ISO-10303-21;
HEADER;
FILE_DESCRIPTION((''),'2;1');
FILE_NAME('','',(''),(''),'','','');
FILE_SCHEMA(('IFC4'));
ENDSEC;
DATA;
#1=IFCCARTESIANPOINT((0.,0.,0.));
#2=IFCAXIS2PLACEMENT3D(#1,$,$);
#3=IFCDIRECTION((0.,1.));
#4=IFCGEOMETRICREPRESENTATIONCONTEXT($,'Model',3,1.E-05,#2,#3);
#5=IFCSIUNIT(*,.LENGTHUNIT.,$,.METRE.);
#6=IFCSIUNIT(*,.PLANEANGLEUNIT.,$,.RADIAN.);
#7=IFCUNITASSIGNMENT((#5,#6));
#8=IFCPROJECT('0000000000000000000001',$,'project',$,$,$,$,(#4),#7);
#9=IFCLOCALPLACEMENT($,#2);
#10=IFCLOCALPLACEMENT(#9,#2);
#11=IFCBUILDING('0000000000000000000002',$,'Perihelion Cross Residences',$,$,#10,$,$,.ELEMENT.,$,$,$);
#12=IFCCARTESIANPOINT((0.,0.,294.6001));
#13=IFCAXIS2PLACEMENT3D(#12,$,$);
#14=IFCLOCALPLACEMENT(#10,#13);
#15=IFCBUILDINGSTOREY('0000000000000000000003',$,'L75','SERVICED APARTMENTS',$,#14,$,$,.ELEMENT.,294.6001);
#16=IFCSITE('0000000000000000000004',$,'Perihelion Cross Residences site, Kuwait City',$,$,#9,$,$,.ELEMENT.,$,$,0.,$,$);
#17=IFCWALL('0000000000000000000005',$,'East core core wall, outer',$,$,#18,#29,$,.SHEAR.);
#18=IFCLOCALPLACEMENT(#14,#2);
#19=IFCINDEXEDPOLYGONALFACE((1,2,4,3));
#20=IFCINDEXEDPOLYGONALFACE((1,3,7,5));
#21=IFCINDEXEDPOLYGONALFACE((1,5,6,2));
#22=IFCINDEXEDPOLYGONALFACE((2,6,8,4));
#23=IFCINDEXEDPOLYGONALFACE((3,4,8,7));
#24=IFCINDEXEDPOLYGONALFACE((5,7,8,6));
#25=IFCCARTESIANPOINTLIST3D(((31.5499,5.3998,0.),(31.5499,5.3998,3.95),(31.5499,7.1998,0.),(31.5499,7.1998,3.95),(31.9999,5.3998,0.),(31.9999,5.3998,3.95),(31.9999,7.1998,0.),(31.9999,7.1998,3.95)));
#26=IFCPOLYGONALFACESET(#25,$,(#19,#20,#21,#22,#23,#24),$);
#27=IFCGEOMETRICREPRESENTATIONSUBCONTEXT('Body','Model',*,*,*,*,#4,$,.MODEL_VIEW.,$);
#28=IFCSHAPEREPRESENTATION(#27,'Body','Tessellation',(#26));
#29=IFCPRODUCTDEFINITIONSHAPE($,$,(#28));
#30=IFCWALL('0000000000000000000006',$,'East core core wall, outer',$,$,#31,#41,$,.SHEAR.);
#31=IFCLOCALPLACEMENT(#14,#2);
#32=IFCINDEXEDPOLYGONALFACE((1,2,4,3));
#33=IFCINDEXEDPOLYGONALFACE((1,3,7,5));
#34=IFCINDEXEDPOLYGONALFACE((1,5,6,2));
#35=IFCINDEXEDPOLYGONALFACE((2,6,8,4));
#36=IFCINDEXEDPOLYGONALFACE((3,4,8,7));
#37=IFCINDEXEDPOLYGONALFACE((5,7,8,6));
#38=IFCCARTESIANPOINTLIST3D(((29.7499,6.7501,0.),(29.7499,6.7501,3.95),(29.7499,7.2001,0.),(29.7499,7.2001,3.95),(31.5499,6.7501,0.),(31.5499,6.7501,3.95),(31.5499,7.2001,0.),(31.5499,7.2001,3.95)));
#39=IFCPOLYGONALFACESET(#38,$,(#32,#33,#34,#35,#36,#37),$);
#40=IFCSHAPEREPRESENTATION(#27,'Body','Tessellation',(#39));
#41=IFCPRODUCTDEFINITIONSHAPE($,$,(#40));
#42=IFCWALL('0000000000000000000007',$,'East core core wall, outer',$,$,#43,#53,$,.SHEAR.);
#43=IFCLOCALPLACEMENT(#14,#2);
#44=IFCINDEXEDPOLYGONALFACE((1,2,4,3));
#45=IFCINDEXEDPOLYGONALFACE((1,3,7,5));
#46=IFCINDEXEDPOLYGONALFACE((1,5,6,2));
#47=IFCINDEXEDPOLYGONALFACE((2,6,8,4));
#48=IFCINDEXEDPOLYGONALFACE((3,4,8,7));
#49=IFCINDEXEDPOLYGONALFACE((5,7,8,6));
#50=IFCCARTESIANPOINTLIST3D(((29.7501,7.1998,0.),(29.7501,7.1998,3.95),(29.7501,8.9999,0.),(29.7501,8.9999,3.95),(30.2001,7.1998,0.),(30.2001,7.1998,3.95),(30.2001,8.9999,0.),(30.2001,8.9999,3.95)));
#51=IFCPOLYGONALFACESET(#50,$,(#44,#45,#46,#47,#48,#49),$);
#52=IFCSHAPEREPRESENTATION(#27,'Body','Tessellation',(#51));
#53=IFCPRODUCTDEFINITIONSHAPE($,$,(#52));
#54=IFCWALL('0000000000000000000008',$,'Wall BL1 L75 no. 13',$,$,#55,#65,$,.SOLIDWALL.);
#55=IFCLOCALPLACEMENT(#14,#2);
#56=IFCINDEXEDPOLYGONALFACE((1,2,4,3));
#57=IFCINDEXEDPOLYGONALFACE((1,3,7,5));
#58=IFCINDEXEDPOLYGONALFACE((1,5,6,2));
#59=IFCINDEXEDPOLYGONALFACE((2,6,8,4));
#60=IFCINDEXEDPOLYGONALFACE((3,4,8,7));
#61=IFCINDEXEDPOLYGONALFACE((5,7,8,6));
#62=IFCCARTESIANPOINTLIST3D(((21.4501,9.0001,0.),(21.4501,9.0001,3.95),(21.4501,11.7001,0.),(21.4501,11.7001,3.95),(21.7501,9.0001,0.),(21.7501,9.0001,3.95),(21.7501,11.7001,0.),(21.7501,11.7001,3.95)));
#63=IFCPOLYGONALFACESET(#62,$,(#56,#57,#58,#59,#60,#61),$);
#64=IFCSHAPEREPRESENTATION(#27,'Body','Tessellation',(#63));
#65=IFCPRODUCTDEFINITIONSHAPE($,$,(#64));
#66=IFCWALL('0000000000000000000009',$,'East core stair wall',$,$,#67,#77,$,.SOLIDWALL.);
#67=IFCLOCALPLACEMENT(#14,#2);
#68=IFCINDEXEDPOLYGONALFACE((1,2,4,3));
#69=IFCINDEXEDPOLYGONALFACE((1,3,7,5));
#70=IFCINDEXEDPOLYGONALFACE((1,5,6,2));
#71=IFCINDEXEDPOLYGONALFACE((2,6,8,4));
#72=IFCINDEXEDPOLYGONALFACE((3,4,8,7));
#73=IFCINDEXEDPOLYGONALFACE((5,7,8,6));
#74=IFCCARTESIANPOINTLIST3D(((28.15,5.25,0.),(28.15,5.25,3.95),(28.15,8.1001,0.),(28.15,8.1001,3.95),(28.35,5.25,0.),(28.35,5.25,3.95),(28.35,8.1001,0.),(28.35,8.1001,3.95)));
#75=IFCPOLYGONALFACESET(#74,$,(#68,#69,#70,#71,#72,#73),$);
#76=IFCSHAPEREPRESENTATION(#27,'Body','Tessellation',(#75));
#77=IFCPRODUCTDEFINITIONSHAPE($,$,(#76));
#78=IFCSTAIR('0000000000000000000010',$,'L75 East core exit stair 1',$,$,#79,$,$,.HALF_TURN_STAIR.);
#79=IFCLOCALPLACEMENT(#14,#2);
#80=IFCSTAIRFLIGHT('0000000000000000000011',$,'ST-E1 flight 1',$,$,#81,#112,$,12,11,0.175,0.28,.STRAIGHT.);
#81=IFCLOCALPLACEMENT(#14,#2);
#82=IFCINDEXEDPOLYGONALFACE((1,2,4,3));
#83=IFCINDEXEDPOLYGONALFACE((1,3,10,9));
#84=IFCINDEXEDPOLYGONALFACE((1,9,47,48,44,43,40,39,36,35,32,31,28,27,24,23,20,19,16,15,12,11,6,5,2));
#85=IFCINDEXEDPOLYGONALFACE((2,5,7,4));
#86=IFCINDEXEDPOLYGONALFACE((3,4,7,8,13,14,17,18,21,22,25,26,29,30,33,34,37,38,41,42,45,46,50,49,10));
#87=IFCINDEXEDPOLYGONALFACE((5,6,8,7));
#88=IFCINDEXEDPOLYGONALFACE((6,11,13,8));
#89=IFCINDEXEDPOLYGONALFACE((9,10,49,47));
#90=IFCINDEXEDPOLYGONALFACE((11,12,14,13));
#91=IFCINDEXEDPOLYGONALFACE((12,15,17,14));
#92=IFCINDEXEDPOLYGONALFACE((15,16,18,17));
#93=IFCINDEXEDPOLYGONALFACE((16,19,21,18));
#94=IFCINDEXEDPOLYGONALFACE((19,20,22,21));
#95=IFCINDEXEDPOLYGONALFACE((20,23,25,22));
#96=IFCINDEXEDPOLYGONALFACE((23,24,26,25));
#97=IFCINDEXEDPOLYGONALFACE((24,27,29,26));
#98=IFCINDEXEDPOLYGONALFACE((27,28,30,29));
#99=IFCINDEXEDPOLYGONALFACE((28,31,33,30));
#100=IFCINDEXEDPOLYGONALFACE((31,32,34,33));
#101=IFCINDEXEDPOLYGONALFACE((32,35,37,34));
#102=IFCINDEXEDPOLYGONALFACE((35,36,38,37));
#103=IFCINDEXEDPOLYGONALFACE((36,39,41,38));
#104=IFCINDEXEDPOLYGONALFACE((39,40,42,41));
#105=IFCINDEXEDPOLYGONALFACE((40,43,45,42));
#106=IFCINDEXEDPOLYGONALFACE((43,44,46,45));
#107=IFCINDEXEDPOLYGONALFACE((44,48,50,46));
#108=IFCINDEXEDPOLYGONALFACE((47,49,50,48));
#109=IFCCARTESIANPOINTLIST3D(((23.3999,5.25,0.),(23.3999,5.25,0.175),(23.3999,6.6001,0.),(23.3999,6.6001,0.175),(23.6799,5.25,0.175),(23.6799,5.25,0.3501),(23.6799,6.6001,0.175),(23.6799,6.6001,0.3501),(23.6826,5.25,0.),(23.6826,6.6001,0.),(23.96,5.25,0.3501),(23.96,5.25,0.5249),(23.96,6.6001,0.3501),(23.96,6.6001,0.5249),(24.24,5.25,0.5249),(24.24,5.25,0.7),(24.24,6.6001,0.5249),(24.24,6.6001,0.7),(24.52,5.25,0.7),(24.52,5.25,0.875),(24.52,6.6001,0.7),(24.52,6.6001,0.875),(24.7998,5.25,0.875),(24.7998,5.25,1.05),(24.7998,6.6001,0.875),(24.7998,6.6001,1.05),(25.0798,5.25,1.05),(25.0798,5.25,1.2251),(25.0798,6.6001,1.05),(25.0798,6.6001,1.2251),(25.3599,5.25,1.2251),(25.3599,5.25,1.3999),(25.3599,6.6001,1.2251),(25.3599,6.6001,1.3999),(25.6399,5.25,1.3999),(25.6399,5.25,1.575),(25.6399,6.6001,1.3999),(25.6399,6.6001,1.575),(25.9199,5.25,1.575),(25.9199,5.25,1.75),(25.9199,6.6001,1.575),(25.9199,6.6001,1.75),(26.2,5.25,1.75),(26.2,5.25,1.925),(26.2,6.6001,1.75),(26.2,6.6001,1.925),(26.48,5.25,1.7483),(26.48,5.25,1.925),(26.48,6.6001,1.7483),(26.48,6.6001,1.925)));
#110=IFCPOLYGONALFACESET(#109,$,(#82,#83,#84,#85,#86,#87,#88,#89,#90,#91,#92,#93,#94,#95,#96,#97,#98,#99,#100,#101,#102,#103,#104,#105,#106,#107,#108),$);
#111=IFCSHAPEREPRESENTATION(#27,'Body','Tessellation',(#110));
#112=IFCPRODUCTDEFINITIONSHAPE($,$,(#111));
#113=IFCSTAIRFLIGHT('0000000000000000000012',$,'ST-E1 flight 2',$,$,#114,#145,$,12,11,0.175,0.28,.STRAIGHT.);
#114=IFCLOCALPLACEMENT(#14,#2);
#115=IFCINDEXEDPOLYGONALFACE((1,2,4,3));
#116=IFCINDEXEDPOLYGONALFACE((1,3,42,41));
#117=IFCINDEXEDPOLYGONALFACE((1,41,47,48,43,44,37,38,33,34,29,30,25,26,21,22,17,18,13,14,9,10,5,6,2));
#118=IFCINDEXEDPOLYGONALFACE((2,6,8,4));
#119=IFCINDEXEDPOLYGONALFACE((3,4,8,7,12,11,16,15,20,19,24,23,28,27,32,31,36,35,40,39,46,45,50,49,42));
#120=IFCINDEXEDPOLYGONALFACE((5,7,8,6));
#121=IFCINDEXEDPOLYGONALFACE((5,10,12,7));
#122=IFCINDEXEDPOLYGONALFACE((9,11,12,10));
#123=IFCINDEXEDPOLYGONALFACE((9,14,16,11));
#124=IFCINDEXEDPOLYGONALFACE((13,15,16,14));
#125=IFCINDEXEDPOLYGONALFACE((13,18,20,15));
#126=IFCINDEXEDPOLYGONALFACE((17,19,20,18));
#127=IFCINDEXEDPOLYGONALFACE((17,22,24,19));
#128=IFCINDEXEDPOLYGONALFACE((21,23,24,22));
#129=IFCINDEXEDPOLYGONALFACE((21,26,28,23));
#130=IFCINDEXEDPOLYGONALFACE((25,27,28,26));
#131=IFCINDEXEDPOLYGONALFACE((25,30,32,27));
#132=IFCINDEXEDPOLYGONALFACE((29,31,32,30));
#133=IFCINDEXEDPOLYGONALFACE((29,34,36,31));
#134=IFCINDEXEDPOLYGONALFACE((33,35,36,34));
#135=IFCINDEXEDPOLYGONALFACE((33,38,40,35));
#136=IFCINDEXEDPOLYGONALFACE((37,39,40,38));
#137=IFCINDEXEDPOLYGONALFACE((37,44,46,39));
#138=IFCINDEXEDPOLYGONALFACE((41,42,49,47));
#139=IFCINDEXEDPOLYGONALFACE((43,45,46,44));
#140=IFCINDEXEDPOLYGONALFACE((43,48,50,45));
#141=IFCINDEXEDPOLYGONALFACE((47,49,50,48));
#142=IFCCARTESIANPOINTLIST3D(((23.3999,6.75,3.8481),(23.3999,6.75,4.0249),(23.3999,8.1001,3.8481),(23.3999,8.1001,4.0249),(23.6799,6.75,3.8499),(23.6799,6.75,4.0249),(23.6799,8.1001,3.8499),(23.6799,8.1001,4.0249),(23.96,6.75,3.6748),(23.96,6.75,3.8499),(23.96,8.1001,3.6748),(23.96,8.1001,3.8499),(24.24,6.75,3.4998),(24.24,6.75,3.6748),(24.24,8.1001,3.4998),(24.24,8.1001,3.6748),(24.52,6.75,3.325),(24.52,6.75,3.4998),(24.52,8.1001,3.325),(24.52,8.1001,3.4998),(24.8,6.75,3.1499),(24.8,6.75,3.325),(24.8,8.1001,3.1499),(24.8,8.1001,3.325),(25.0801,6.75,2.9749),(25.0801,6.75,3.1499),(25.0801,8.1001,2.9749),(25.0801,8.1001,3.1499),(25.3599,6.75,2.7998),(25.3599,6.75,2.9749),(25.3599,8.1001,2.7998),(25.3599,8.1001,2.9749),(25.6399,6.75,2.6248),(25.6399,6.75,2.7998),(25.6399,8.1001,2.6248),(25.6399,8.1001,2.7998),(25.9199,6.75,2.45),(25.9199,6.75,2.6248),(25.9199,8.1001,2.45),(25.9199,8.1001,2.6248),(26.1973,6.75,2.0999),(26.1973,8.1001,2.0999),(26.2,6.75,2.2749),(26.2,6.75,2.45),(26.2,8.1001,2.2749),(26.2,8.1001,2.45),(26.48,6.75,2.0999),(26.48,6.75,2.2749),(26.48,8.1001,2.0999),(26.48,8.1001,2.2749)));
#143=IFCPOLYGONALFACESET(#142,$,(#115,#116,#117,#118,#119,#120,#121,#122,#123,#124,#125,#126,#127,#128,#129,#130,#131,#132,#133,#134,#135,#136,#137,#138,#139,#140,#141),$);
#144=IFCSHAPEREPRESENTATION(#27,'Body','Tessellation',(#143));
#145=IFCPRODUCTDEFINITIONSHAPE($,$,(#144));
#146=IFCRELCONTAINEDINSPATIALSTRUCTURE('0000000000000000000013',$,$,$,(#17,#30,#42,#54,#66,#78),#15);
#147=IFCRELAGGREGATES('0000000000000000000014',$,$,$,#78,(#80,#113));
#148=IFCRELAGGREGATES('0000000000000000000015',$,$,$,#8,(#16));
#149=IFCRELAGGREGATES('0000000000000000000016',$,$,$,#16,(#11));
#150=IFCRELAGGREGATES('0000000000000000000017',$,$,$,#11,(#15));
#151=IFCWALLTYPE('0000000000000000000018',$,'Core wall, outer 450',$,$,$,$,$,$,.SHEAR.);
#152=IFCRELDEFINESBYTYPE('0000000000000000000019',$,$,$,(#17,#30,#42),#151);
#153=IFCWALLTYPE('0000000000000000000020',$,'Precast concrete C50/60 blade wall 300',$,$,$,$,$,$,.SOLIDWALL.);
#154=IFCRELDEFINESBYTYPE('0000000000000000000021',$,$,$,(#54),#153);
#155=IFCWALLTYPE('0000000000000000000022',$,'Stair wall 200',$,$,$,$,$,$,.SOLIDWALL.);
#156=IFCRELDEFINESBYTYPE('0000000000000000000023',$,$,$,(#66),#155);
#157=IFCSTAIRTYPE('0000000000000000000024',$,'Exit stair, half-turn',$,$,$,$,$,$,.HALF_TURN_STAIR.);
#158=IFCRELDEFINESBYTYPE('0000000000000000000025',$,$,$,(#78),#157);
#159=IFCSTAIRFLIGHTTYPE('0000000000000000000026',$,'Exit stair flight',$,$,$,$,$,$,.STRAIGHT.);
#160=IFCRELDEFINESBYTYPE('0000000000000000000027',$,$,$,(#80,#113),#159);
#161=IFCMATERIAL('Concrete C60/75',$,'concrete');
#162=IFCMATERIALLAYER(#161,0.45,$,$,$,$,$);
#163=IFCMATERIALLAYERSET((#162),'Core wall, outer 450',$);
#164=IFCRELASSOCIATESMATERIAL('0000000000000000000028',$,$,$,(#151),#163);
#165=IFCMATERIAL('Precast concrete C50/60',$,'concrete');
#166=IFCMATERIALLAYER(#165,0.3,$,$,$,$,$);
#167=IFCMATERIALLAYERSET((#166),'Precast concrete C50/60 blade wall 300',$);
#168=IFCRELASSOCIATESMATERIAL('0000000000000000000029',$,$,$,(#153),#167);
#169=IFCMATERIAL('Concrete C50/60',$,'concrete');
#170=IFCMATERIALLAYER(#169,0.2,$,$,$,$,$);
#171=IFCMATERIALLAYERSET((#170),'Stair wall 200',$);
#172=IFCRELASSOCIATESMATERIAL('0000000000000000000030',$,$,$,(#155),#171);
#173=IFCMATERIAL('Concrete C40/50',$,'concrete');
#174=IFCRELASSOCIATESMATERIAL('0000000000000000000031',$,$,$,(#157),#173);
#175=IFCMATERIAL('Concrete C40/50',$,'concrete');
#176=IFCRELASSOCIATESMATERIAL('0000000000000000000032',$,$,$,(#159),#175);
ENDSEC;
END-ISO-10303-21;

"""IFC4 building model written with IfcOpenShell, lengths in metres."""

from ifc_helpers import new_model, si_unit, direction, frame, frame_2d, origin, place, context, subcontext, project, spatial, polyline, rectangle, outline, extrude, material, layer, layer_set, type_object, element, aggregate, save


model = new_model("IFC4")

# Units and contexts
model_context = context("Model", 3, precision=1e-05, world=origin(), true_north=direction((0.0, 1.0)))
body_context = subcontext(model_context, "Body", "Model", "MODEL_VIEW")
ifc_project = project(units=[si_unit("LENGTHUNIT", "METRE"), si_unit("PLANEANGLEUNIT", "RADIAN")], contexts=[model_context])

# Site, building, storey
site_placement = place(None, origin())
site = spatial("IfcSite", under=ifc_project, at=site_placement, Name="Perihelion Cross Residences site, Kuwait City", CompositionType="ELEMENT", RefElevation=0.0)
building_placement = place(site_placement, origin())
building = spatial("IfcBuilding", under=site, at=building_placement, Name="Perihelion Cross Residences", CompositionType="ELEMENT")
storey_placement = place(building_placement, frame((0.0, 0.0, 294.6001)))
storey = spatial("IfcBuildingStorey", under=building, at=storey_placement, Name="L75", Description="SERVICED APARTMENTS", CompositionType="ELEMENT", Elevation=294.6001)

# Walls
ifc_material_1 = material(Name="Concrete C60/75", Category="concrete")
ifc_layer_1 = layer(ifc_material_1, 0.45)
ifc_layer_set_1 = layer_set([ifc_layer_1], Name="Core wall, outer 450")
wall_type_1 = type_object("IfcWallType", Name="Core wall, outer 450", PredefinedType="SHEAR", material=ifc_layer_set_1)
for number, where, z_axis, x_axis, name in (
    (1, (31.7749, 5.3999, 0.0), (0.0, 0.0, 1.0), (0.0, 1.0, 0.0), "East core core wall, outer"),
    (2, (29.75, 6.9751, 0.0), (0.0, 0.0, 1.0), (1.0, 0.0, 0.0), "East core core wall, outer"),
    (3, (29.9751, 7.2, 0.0), (0.0, 0.0, 1.0), (0.0, 1.0, 0.0), "East core core wall, outer"),
):
    element("IfcWall", number, at=place(storey_placement, frame(where, z_axis=z_axis, x_axis=x_axis)), inside=storey, type_object=wall_type_1, Name=name, PredefinedType="SHEAR", context=body_context, shape_type="SweptSolid", body=[
        extrude(rectangle(XDim=1.8, YDim=0.45, at=frame_2d((0.8999, 0.0))), origin(), (0.0, 0.0, 1.0), 3.95),
    ])
ifc_material_2 = material(Name="Precast concrete C50/60", Category="concrete")
ifc_layer_2 = layer(ifc_material_2, 0.3)
ifc_layer_set_2 = layer_set([ifc_layer_2], Name="Precast concrete C50/60 blade wall 300")
wall_type_2 = type_object("IfcWallType", Name="Precast concrete C50/60 blade wall 300", PredefinedType="SOLIDWALL", material=ifc_layer_set_2)
wall_1_placement = place(storey_placement, frame((21.6001, 9.0, 0.0), z_axis=(0.0, 0.0, 1.0), x_axis=(0.0, 1.0, 0.0)))
element("IfcWall", 4, at=wall_1_placement, inside=storey, type_object=wall_type_2, Name="Wall BL1 L75 no. 13", PredefinedType="SOLIDWALL", context=body_context, shape_type="SweptSolid", body=[
    extrude(rectangle(XDim=2.7, YDim=0.3, at=frame_2d((1.3501, 0.0))), origin(), (0.0, 0.0, 1.0), 3.95),
])
ifc_material_3 = material(Name="Concrete C50/60", Category="concrete")
ifc_layer_3 = layer(ifc_material_3, 0.2)
ifc_layer_set_3 = layer_set([ifc_layer_3], Name="Stair wall 200")
wall_type_3 = type_object("IfcWallType", Name="Stair wall 200", PredefinedType="SOLIDWALL", material=ifc_layer_set_3)
wall_2_placement = place(storey_placement, frame((28.25, 5.25, 0.0), z_axis=(0.0, 0.0, 1.0), x_axis=(0.0, 1.0, 0.0)))
element("IfcWall", 5, at=wall_2_placement, inside=storey, type_object=wall_type_3, Name="East core stair wall", PredefinedType="SOLIDWALL", context=body_context, shape_type="SweptSolid", body=[
    extrude(rectangle(XDim=2.8501, YDim=0.2, at=frame_2d((1.425, 0.0))), origin(), (0.0, 0.0, 1.0), 3.95),
])

# Stair, stair flights
ifc_material_4 = material(Name="Concrete C40/50", Category="concrete")
stair_type = type_object("IfcStairType", Name="Exit stair, half-turn", PredefinedType="HALF_TURN_STAIR", material=ifc_material_4)
stair_placement = place(storey_placement, origin())
stair = element("IfcStair", 6, at=stair_placement, inside=storey, type_object=stair_type, Name="L75 East core exit stair 1", PredefinedType="HALF_TURN_STAIR")
ifc_material_5 = material(Name="Concrete C40/50", Category="concrete")
stair_flight_type = type_object("IfcStairFlightType", Name="Exit stair flight", PredefinedType="STRAIGHT", material=ifc_material_5)
stair_flight_1_placement = place(storey_placement, frame((23.3999, 5.925, 0.0), z_axis=(0.0, 0.0, 1.0), x_axis=(1.0, 0.0, 0.0)))
stair_flight_1 = element("IfcStairFlight", 7, at=stair_flight_1_placement, type_object=stair_flight_type, Name="ST-E1 flight 1", NumberOfRisers=12, NumberOfTreads=11, PredefinedType="STRAIGHT", RiserHeight=0.175, TreadLength=0.28, context=body_context, shape_type="SweptSolid", body=[
    extrude(outline(polyline([(0.0, 0.0), (0.0, 0.175), (0.28, 0.175), (0.28, 0.3501), (0.5601, 0.3501), (0.5601, 0.5249), (0.8401, 0.5249), (0.8401, 0.7), (1.1201, 0.7), (1.1201, 0.875), (1.3999, 0.875), (1.3999, 1.05), (1.6799, 1.05), (1.6799, 1.2251), (1.96, 1.2251), (1.96, 1.3999), (2.24, 1.3999), (2.24, 1.575), (2.52, 1.575), (2.52, 1.75), (2.8, 1.75), (2.8, 1.925), (3.0801, 1.925), (3.0801, 2.1001), (3.0801, 1.7483), (0.2827, 0.0), (0.0, 0.0)])), frame((0.0, 0.675, 0.0), z_axis=(0.0, -1.0, 0.0), x_axis=(1.0, 0.0, 0.0)), (0.0, 0.0, 1.0), 1.3501),
])
stair_flight_2_placement = place(storey_placement, frame((26.48, 7.425, 2.0999), z_axis=(0.0, 0.0, 1.0), x_axis=(-1.0, 0.0, 0.0)))
stair_flight_2 = element("IfcStairFlight", 8, at=stair_flight_2_placement, type_object=stair_flight_type, Name="ST-E1 flight 2", NumberOfRisers=12, NumberOfTreads=11, PredefinedType="STRAIGHT", RiserHeight=0.175, TreadLength=0.28, context=body_context, shape_type="SweptSolid", body=[
    extrude(outline(polyline([(0.0, 0.0), (0.0, 0.175), (0.28, 0.175), (0.28, 0.3501), (0.5601, 0.3501), (0.5601, 0.5249), (0.8401, 0.5249), (0.8401, 0.7), (1.1201, 0.7), (1.1201, 0.875), (1.3999, 0.875), (1.3999, 1.05), (1.6799, 1.05), (1.6799, 1.2251), (1.96, 1.2251), (1.96, 1.3999), (2.24, 1.3999), (2.24, 1.575), (2.52, 1.575), (2.52, 1.75), (2.8, 1.75), (2.8, 1.925), (3.0801, 1.925), (3.0801, 2.1001), (3.0801, 1.7483), (0.2827, 0.0), (0.0, 0.0)])), frame((0.0, 0.675, 0.0), z_axis=(0.0, -1.0, 0.0), x_axis=(1.0, 0.0, 0.0)), (0.0, 0.0, 1.0), 1.3501),
])
aggregate(stair, [stair_flight_1, stair_flight_2])

save(model, "model.ifc")
